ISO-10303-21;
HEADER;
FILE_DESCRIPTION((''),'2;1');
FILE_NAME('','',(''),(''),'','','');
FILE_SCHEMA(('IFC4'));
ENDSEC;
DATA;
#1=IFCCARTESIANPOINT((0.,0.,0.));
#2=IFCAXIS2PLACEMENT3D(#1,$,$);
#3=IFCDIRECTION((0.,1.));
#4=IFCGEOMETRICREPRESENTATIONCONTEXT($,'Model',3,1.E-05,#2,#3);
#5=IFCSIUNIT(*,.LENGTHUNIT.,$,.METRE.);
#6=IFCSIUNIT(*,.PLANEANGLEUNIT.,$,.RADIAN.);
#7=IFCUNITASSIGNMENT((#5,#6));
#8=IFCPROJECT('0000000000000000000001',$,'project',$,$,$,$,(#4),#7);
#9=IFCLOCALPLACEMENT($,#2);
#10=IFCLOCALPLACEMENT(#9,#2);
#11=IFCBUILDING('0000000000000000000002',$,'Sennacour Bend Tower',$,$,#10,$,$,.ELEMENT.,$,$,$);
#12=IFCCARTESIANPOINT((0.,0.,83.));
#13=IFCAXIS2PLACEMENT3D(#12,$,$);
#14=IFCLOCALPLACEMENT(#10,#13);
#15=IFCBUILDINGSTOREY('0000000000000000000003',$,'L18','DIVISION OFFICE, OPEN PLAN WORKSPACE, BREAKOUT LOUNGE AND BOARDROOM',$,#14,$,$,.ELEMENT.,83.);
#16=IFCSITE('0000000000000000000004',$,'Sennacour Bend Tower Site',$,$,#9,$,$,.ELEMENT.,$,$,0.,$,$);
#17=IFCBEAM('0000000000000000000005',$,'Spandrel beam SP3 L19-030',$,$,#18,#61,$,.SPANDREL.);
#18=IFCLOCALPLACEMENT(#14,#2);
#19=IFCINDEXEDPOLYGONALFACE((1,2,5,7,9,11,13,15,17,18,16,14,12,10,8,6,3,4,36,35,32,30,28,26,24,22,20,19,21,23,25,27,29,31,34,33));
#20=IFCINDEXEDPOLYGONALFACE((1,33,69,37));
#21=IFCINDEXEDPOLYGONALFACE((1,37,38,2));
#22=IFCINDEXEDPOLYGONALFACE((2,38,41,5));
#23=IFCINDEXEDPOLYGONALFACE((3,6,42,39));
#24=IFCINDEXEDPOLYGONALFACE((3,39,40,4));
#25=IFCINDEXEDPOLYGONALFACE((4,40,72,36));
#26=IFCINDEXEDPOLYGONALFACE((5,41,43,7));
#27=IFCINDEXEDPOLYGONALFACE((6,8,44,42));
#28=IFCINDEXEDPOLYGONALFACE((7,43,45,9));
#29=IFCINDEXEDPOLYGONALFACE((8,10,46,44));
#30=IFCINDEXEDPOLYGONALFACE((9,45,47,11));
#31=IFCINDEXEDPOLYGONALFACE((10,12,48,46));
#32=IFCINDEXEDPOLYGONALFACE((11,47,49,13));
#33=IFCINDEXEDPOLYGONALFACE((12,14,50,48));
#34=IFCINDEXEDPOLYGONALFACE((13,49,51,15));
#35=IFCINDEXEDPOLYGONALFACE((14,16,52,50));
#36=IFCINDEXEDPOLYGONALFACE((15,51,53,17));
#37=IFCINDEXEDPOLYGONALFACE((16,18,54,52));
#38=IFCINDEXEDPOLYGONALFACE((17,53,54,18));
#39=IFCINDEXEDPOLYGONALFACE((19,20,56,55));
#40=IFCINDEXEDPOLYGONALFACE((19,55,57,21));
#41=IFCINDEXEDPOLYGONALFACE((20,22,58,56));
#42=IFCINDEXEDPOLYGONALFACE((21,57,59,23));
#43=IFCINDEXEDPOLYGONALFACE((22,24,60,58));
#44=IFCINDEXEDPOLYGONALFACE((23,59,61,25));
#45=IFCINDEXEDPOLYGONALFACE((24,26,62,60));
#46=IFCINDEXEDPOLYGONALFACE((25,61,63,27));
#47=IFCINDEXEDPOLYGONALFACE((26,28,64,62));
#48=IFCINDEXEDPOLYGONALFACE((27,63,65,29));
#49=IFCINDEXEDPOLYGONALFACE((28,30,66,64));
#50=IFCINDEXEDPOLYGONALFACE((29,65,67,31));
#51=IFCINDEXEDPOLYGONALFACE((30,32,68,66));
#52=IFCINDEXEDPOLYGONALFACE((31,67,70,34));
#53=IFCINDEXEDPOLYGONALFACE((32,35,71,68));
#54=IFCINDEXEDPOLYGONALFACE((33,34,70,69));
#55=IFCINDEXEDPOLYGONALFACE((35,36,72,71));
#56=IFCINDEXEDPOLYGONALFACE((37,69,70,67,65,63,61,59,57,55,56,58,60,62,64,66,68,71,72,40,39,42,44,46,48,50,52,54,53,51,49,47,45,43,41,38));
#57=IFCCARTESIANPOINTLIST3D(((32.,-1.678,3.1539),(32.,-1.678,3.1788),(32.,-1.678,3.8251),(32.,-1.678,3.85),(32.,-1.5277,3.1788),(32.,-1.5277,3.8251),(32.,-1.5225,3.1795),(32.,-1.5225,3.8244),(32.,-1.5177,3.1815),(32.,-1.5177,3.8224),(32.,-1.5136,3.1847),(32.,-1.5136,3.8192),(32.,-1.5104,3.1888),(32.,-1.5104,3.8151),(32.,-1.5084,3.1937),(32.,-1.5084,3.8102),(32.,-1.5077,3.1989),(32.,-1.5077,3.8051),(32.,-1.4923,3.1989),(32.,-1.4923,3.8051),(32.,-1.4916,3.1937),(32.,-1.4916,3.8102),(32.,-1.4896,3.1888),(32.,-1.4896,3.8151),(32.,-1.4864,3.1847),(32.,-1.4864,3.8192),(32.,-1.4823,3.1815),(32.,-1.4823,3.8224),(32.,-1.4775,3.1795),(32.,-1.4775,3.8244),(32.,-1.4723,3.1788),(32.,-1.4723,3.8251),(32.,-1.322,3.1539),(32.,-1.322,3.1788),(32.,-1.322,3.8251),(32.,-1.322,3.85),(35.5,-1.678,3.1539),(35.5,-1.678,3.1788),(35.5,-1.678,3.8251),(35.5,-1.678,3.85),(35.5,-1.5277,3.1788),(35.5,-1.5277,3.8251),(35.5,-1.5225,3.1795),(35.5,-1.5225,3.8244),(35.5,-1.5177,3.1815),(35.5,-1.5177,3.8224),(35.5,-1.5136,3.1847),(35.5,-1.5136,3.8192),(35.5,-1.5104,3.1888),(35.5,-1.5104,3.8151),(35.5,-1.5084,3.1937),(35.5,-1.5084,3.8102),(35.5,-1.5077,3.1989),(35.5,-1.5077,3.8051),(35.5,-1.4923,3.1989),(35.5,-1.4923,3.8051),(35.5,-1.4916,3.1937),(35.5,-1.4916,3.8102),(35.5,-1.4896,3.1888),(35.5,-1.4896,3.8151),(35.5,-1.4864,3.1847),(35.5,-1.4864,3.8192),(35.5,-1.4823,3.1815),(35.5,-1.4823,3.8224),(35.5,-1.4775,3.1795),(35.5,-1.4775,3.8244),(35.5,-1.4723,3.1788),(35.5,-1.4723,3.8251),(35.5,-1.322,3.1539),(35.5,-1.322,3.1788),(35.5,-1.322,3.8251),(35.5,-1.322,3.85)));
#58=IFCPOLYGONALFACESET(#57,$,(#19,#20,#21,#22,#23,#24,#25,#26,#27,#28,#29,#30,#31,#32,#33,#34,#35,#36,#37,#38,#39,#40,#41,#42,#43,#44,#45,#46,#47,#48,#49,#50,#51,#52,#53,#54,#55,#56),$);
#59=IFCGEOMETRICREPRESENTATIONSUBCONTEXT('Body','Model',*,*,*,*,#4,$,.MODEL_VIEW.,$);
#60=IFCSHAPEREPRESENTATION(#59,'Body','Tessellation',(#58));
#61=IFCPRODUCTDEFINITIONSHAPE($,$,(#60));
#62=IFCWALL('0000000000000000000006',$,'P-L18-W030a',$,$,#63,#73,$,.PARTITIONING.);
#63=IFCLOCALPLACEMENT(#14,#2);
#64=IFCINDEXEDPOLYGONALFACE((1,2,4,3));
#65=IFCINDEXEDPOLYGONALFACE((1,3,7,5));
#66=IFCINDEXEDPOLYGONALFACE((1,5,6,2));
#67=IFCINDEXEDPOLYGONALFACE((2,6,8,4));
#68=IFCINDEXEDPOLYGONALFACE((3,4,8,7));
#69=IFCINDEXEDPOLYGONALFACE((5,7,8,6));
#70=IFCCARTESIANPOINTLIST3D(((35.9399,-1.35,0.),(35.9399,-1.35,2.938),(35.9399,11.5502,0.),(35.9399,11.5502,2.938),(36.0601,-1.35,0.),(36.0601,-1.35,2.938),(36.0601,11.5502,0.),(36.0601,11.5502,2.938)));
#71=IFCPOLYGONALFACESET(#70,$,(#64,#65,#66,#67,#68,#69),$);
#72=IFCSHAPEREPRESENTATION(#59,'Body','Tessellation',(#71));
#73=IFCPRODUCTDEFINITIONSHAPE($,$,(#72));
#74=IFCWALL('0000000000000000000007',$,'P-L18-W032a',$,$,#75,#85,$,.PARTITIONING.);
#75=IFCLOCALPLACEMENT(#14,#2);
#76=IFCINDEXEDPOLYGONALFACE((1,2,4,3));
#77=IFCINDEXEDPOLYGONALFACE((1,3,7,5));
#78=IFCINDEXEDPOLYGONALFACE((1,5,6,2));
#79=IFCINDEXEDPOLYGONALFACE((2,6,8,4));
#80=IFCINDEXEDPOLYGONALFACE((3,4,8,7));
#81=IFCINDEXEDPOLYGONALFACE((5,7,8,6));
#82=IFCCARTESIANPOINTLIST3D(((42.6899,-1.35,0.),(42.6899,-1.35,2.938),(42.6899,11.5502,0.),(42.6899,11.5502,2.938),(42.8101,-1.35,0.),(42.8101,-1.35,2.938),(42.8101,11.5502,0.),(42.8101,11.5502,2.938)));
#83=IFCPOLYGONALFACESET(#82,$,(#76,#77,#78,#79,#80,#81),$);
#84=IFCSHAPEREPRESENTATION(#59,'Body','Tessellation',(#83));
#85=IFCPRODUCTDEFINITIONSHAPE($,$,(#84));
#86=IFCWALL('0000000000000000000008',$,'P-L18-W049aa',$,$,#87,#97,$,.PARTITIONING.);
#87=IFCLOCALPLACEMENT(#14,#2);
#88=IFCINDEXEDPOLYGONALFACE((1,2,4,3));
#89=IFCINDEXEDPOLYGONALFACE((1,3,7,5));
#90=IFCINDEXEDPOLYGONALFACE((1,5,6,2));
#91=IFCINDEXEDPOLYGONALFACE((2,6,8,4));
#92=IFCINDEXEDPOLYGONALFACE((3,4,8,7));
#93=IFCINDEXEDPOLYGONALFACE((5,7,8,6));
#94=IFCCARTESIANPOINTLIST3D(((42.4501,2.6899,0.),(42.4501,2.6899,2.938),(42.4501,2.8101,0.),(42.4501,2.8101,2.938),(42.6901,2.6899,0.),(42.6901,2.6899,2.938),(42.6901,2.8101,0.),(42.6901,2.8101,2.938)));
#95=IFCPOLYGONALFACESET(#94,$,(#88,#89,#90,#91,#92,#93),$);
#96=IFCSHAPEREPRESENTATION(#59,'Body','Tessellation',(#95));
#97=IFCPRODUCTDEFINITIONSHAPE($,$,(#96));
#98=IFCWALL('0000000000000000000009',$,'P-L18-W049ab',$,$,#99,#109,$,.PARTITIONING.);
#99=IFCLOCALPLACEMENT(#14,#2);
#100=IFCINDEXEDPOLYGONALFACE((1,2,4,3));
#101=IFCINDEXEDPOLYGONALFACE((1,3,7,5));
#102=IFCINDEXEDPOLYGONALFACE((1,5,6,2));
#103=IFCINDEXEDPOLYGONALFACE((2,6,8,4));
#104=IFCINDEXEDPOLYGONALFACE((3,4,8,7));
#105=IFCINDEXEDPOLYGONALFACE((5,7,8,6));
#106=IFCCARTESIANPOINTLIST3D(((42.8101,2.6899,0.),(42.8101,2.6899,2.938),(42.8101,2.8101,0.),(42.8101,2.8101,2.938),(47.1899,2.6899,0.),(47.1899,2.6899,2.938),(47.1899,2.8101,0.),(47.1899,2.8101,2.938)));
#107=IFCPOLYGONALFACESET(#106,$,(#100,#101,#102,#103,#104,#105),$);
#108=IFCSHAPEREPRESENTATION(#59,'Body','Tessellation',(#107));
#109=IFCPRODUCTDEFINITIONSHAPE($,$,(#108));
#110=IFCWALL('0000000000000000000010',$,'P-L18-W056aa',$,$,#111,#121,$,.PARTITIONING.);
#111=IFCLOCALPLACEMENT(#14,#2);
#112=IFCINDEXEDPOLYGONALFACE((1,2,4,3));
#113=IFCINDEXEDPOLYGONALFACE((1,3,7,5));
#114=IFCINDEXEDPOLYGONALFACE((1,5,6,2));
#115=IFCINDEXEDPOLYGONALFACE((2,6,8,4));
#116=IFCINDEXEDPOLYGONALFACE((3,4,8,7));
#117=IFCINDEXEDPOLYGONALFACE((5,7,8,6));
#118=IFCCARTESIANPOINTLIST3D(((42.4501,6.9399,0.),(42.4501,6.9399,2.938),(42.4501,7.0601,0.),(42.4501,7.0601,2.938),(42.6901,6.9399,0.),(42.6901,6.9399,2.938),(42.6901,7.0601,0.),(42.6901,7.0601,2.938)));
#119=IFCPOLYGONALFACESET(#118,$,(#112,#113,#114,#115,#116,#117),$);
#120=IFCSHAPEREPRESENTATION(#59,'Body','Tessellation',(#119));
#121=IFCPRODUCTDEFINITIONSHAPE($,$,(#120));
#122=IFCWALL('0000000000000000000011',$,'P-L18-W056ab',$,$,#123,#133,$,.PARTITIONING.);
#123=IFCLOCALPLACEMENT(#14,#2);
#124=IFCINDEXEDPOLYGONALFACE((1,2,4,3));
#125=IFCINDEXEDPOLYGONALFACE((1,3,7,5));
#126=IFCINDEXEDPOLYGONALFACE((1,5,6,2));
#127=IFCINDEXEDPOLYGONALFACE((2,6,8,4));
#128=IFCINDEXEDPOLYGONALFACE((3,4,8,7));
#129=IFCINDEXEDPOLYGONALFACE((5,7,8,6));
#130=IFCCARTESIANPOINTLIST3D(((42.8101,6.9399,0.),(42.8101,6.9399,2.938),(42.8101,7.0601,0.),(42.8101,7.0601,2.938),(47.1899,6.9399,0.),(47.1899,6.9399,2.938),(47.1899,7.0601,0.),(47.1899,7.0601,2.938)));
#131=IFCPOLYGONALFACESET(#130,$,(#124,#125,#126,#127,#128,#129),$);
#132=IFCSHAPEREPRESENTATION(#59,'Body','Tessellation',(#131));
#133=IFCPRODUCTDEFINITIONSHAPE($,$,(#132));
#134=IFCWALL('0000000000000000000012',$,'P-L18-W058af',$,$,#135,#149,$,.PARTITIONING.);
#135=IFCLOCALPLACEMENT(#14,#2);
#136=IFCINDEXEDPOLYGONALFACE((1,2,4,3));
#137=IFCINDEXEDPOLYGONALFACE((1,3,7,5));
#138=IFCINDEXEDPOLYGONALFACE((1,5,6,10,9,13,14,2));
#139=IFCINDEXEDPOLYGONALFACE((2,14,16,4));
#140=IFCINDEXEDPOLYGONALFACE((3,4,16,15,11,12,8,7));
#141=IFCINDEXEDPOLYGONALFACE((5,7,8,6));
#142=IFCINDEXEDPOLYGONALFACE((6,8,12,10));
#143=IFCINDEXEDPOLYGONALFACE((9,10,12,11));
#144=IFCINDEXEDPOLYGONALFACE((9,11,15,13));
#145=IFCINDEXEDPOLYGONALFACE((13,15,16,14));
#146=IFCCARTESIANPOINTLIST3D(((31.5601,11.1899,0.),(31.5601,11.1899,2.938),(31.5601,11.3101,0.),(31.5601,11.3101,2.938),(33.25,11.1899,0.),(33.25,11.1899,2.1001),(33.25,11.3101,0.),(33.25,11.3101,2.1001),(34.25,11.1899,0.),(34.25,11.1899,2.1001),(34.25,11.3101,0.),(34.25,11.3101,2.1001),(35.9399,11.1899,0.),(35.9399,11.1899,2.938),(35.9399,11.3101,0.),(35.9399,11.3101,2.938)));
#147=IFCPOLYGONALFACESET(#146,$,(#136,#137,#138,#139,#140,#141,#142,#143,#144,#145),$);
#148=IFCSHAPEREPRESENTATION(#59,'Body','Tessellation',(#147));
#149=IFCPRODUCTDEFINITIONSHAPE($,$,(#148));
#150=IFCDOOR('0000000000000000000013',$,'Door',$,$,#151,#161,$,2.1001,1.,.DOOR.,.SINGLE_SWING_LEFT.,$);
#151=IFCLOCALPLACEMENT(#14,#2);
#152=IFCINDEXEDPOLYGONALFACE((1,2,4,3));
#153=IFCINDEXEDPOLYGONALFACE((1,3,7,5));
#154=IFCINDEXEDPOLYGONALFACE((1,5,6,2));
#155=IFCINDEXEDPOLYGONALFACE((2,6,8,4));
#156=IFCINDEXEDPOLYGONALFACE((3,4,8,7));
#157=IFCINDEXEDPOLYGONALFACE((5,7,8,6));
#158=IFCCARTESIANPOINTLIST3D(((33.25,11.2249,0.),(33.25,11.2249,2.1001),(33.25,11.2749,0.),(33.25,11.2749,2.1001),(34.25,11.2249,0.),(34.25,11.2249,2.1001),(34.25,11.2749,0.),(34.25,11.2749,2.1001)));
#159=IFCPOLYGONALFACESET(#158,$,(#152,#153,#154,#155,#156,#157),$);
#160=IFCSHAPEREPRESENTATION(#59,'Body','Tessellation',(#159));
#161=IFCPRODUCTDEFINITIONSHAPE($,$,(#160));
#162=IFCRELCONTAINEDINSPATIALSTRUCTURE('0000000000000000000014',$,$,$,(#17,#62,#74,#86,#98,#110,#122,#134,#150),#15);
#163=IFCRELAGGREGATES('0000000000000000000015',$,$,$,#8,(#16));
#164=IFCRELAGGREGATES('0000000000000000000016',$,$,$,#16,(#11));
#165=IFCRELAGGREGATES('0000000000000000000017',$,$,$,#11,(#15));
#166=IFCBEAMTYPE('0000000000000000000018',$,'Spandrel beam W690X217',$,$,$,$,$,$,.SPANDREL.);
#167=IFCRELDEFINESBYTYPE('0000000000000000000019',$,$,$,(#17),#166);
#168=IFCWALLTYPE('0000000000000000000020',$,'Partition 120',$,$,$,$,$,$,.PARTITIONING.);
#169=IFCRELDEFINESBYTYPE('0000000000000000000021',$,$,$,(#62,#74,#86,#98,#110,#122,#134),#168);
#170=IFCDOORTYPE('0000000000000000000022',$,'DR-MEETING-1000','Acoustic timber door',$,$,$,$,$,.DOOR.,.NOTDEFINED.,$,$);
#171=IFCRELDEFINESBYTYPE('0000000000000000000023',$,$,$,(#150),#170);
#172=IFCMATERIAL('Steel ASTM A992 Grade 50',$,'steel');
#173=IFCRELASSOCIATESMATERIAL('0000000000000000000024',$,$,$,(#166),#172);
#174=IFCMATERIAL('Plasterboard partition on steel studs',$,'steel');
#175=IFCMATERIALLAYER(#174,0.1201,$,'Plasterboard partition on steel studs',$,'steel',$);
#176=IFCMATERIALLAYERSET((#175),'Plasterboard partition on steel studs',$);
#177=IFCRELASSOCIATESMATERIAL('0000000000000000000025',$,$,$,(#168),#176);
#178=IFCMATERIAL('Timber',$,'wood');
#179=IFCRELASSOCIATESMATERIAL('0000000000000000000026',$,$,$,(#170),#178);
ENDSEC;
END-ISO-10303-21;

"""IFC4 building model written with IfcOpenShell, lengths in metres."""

from ifc_helpers import new_model, si_unit, direction, frame, frame_2d, origin, origin_2d, place, context, subcontext, project, spatial, rectangle, i_section, extrude, material, layer, layer_set, material_profile, profile_set, type_object, element, fill, save


model = new_model("IFC4")

# Units and contexts
model_context = context("Model", 3, precision=1e-05, world=origin(), true_north=direction((0.0, 1.0)))
body_context = subcontext(model_context, "Body", "Model", "MODEL_VIEW")
ifc_project = project(units=[si_unit("LENGTHUNIT", "METRE"), si_unit("PLANEANGLEUNIT", "RADIAN")], contexts=[model_context])

# Site, building, storey
site_placement = place(None, origin())
site = spatial("IfcSite", under=ifc_project, at=site_placement, Name="Sennacour Bend Tower Site", CompositionType="ELEMENT", RefElevation=0.0)
building_placement = place(site_placement, origin())
building = spatial("IfcBuilding", under=site, at=building_placement, Name="Sennacour Bend Tower", CompositionType="ELEMENT")
storey_placement = place(building_placement, frame((0.0, 0.0, 83.0)))
storey = spatial("IfcBuildingStorey", under=building, at=storey_placement, Name="L18", Description="DIVISION OFFICE, OPEN PLAN WORKSPACE, BREAKOUT LOUNGE AND BOARDROOM", CompositionType="ELEMENT", Elevation=83.0)

# Beam
ifc_material_1 = material(Name="Steel ASTM A992 Grade 50", Category="steel")
ifc_material_profile_1 = material_profile(ifc_material_1, i_section(OverallWidth=0.356, OverallDepth=0.696, WebThickness=0.0154, FlangeThickness=0.0249, FilletRadius=0.02, at=origin_2d()), Name="Steel ASTM A992 Grade 50", Category="steel")
ifc_profile_set_1 = profile_set([ifc_material_profile_1], Name="Steel ASTM A992 Grade 50")
beam_type_1 = type_object("IfcBeamType", Name="Spandrel beam W690X217", PredefinedType="SPANDREL", material=ifc_profile_set_1)
for number, where, z_axis, x_axis, name in (
    (1, (35.5, -1.5, 3.502), (-1.0, 0.0, 0.0), (0.0, -1.0, 0.0), "Spandrel beam SP3 L19-030"),
):
    element("IfcBeam", number, at=place(storey_placement, frame(where, z_axis=z_axis, x_axis=x_axis)), inside=storey, type_object=beam_type_1, Name=name, PredefinedType="SPANDREL", context=body_context, shape_type="SweptSolid", body=[
        extrude(i_section(OverallWidth=0.356, OverallDepth=0.696, WebThickness=0.0154, FlangeThickness=0.0249, FilletRadius=0.02, at=origin_2d()), origin(), (0.0, 0.0, 1.0), 3.5),
    ])

# Walls
ifc_material_2 = material(Name="Plasterboard partition on steel studs", Category="steel")
ifc_layer_1 = layer(ifc_material_2, 0.1201, Name="Plasterboard partition on steel studs", Category="steel")
ifc_layer_set_1 = layer_set([ifc_layer_1], Name="Plasterboard partition on steel studs")
wall_type_1 = type_object("IfcWallType", Name="Partition 120", PredefinedType="PARTITIONING", material=ifc_layer_set_1)
for number, where, z_axis, x_axis, name in (
    (2, (36.0, -1.3501, 0.0), (0.0, 0.0, 1.0), (0.0, 1.0, 0.0), "P-L18-W030a"),
    (3, (42.75, -1.3501, 0.0), (0.0, 0.0, 1.0), (0.0, 1.0, 0.0), "P-L18-W032a"),
):
    element("IfcWall", number, at=place(storey_placement, frame(where, z_axis=z_axis, x_axis=x_axis)), inside=storey, type_object=wall_type_1, Name=name, PredefinedType="PARTITIONING", context=body_context, shape_type="SweptSolid", body=[
        extrude(rectangle(XDim=12.9001, YDim=0.1201, at=frame_2d((6.4502, 0.0))), origin(), (0.0, 0.0, 1.0), 2.938),
    ])
wall_1_placement = place(storey_placement, frame((42.45, 2.75, 0.0), z_axis=(0.0, 0.0, 1.0), x_axis=(1.0, 0.0, 0.0)))
element("IfcWall", 4, at=wall_1_placement, inside=storey, type_object=wall_type_1, Name="P-L18-W049aa", PredefinedType="PARTITIONING", context=body_context, shape_type="SweptSolid", body=[
    extrude(rectangle(XDim=0.24, YDim=0.1201, at=frame_2d((0.1201, 0.0))), origin(), (0.0, 0.0, 1.0), 2.938),
])
wall_2_placement = place(storey_placement, frame((42.8101, 2.75, 0.0), z_axis=(0.0, 0.0, 1.0), x_axis=(1.0, 0.0, 0.0)))
element("IfcWall", 5, at=wall_2_placement, inside=storey, type_object=wall_type_1, Name="P-L18-W049ab", PredefinedType="PARTITIONING", context=body_context, shape_type="SweptSolid", body=[
    extrude(rectangle(XDim=4.3799, YDim=0.1201, at=frame_2d((2.1899, 0.0))), origin(), (0.0, 0.0, 1.0), 2.938),
])
wall_3_placement = place(storey_placement, frame((42.45, 7.0, 0.0), z_axis=(0.0, 0.0, 1.0), x_axis=(1.0, 0.0, 0.0)))
element("IfcWall", 6, at=wall_3_placement, inside=storey, type_object=wall_type_1, Name="P-L18-W056aa", PredefinedType="PARTITIONING", context=body_context, shape_type="SweptSolid", body=[
    extrude(rectangle(XDim=0.24, YDim=0.1201, at=frame_2d((0.1201, 0.0))), origin(), (0.0, 0.0, 1.0), 2.938),
])
wall_4_placement = place(storey_placement, frame((42.8101, 7.0, 0.0), z_axis=(0.0, 0.0, 1.0), x_axis=(1.0, 0.0, 0.0)))
element("IfcWall", 7, at=wall_4_placement, inside=storey, type_object=wall_type_1, Name="P-L18-W056ab", PredefinedType="PARTITIONING", context=body_context, shape_type="SweptSolid", body=[
    extrude(rectangle(XDim=4.3799, YDim=0.1201, at=frame_2d((2.1899, 0.0))), origin(), (0.0, 0.0, 1.0), 2.938),
])

# Wall, opening, door
wall_5_placement = place(storey_placement, frame((31.5601, 11.25, 0.0), z_axis=(0.0, 0.0, 1.0), x_axis=(1.0, 0.0, 0.0)))
wall_5 = element("IfcWall", 8, at=wall_5_placement, inside=storey, type_object=wall_type_1, Name="P-L18-W058af", PredefinedType="PARTITIONING", context=body_context, shape_type="SweptSolid", body=[
    extrude(rectangle(XDim=4.3799, YDim=0.1201, at=frame_2d((2.1899, 0.0))), origin(), (0.0, 0.0, 1.0), 2.938),
])
opening_1_placement = place(wall_5_placement, frame((1.6899, 0.0, 0.0)))
opening_1 = element("IfcOpeningElement", 9, at=opening_1_placement, cuts=wall_5, PredefinedType="OPENING", context=body_context, shape_type="SweptSolid", body=[
    extrude(rectangle(XDim=1.0, YDim=2.1001, at=frame_2d((0.5, 1.05))), frame((0.0, 0.0701, 0.0), z_axis=(0.0, -1.0, 0.0), x_axis=(1.0, 0.0, 0.0)), (0.0, 0.0, 1.0), 0.1401),
])
ifc_material_3 = material(Name="Timber", Category="wood")
door_type = type_object("IfcDoorType", Name="DR-MEETING-1000", Description="Acoustic timber door", OperationType="NOTDEFINED", PredefinedType="DOOR", material=ifc_material_3)
door_placement = place(opening_1_placement, origin())
door = element("IfcDoor", 10, at=door_placement, inside=storey, type_object=door_type, Name="Door", OperationType="SINGLE_SWING_LEFT", OverallHeight=2.1001, OverallWidth=1.0, PredefinedType="DOOR", context=body_context, shape_type="SweptSolid", body=[
    extrude(rectangle(XDim=1.0, YDim=2.1001, at=frame_2d((0.5, 1.05))), frame((0.0, 0.0249, 0.0), z_axis=(0.0, -1.0, 0.0), x_axis=(1.0, 0.0, 0.0)), (0.0, 0.0, 1.0), 0.05),
])
fill(opening_1, door)

save(model, "model.ifc")
